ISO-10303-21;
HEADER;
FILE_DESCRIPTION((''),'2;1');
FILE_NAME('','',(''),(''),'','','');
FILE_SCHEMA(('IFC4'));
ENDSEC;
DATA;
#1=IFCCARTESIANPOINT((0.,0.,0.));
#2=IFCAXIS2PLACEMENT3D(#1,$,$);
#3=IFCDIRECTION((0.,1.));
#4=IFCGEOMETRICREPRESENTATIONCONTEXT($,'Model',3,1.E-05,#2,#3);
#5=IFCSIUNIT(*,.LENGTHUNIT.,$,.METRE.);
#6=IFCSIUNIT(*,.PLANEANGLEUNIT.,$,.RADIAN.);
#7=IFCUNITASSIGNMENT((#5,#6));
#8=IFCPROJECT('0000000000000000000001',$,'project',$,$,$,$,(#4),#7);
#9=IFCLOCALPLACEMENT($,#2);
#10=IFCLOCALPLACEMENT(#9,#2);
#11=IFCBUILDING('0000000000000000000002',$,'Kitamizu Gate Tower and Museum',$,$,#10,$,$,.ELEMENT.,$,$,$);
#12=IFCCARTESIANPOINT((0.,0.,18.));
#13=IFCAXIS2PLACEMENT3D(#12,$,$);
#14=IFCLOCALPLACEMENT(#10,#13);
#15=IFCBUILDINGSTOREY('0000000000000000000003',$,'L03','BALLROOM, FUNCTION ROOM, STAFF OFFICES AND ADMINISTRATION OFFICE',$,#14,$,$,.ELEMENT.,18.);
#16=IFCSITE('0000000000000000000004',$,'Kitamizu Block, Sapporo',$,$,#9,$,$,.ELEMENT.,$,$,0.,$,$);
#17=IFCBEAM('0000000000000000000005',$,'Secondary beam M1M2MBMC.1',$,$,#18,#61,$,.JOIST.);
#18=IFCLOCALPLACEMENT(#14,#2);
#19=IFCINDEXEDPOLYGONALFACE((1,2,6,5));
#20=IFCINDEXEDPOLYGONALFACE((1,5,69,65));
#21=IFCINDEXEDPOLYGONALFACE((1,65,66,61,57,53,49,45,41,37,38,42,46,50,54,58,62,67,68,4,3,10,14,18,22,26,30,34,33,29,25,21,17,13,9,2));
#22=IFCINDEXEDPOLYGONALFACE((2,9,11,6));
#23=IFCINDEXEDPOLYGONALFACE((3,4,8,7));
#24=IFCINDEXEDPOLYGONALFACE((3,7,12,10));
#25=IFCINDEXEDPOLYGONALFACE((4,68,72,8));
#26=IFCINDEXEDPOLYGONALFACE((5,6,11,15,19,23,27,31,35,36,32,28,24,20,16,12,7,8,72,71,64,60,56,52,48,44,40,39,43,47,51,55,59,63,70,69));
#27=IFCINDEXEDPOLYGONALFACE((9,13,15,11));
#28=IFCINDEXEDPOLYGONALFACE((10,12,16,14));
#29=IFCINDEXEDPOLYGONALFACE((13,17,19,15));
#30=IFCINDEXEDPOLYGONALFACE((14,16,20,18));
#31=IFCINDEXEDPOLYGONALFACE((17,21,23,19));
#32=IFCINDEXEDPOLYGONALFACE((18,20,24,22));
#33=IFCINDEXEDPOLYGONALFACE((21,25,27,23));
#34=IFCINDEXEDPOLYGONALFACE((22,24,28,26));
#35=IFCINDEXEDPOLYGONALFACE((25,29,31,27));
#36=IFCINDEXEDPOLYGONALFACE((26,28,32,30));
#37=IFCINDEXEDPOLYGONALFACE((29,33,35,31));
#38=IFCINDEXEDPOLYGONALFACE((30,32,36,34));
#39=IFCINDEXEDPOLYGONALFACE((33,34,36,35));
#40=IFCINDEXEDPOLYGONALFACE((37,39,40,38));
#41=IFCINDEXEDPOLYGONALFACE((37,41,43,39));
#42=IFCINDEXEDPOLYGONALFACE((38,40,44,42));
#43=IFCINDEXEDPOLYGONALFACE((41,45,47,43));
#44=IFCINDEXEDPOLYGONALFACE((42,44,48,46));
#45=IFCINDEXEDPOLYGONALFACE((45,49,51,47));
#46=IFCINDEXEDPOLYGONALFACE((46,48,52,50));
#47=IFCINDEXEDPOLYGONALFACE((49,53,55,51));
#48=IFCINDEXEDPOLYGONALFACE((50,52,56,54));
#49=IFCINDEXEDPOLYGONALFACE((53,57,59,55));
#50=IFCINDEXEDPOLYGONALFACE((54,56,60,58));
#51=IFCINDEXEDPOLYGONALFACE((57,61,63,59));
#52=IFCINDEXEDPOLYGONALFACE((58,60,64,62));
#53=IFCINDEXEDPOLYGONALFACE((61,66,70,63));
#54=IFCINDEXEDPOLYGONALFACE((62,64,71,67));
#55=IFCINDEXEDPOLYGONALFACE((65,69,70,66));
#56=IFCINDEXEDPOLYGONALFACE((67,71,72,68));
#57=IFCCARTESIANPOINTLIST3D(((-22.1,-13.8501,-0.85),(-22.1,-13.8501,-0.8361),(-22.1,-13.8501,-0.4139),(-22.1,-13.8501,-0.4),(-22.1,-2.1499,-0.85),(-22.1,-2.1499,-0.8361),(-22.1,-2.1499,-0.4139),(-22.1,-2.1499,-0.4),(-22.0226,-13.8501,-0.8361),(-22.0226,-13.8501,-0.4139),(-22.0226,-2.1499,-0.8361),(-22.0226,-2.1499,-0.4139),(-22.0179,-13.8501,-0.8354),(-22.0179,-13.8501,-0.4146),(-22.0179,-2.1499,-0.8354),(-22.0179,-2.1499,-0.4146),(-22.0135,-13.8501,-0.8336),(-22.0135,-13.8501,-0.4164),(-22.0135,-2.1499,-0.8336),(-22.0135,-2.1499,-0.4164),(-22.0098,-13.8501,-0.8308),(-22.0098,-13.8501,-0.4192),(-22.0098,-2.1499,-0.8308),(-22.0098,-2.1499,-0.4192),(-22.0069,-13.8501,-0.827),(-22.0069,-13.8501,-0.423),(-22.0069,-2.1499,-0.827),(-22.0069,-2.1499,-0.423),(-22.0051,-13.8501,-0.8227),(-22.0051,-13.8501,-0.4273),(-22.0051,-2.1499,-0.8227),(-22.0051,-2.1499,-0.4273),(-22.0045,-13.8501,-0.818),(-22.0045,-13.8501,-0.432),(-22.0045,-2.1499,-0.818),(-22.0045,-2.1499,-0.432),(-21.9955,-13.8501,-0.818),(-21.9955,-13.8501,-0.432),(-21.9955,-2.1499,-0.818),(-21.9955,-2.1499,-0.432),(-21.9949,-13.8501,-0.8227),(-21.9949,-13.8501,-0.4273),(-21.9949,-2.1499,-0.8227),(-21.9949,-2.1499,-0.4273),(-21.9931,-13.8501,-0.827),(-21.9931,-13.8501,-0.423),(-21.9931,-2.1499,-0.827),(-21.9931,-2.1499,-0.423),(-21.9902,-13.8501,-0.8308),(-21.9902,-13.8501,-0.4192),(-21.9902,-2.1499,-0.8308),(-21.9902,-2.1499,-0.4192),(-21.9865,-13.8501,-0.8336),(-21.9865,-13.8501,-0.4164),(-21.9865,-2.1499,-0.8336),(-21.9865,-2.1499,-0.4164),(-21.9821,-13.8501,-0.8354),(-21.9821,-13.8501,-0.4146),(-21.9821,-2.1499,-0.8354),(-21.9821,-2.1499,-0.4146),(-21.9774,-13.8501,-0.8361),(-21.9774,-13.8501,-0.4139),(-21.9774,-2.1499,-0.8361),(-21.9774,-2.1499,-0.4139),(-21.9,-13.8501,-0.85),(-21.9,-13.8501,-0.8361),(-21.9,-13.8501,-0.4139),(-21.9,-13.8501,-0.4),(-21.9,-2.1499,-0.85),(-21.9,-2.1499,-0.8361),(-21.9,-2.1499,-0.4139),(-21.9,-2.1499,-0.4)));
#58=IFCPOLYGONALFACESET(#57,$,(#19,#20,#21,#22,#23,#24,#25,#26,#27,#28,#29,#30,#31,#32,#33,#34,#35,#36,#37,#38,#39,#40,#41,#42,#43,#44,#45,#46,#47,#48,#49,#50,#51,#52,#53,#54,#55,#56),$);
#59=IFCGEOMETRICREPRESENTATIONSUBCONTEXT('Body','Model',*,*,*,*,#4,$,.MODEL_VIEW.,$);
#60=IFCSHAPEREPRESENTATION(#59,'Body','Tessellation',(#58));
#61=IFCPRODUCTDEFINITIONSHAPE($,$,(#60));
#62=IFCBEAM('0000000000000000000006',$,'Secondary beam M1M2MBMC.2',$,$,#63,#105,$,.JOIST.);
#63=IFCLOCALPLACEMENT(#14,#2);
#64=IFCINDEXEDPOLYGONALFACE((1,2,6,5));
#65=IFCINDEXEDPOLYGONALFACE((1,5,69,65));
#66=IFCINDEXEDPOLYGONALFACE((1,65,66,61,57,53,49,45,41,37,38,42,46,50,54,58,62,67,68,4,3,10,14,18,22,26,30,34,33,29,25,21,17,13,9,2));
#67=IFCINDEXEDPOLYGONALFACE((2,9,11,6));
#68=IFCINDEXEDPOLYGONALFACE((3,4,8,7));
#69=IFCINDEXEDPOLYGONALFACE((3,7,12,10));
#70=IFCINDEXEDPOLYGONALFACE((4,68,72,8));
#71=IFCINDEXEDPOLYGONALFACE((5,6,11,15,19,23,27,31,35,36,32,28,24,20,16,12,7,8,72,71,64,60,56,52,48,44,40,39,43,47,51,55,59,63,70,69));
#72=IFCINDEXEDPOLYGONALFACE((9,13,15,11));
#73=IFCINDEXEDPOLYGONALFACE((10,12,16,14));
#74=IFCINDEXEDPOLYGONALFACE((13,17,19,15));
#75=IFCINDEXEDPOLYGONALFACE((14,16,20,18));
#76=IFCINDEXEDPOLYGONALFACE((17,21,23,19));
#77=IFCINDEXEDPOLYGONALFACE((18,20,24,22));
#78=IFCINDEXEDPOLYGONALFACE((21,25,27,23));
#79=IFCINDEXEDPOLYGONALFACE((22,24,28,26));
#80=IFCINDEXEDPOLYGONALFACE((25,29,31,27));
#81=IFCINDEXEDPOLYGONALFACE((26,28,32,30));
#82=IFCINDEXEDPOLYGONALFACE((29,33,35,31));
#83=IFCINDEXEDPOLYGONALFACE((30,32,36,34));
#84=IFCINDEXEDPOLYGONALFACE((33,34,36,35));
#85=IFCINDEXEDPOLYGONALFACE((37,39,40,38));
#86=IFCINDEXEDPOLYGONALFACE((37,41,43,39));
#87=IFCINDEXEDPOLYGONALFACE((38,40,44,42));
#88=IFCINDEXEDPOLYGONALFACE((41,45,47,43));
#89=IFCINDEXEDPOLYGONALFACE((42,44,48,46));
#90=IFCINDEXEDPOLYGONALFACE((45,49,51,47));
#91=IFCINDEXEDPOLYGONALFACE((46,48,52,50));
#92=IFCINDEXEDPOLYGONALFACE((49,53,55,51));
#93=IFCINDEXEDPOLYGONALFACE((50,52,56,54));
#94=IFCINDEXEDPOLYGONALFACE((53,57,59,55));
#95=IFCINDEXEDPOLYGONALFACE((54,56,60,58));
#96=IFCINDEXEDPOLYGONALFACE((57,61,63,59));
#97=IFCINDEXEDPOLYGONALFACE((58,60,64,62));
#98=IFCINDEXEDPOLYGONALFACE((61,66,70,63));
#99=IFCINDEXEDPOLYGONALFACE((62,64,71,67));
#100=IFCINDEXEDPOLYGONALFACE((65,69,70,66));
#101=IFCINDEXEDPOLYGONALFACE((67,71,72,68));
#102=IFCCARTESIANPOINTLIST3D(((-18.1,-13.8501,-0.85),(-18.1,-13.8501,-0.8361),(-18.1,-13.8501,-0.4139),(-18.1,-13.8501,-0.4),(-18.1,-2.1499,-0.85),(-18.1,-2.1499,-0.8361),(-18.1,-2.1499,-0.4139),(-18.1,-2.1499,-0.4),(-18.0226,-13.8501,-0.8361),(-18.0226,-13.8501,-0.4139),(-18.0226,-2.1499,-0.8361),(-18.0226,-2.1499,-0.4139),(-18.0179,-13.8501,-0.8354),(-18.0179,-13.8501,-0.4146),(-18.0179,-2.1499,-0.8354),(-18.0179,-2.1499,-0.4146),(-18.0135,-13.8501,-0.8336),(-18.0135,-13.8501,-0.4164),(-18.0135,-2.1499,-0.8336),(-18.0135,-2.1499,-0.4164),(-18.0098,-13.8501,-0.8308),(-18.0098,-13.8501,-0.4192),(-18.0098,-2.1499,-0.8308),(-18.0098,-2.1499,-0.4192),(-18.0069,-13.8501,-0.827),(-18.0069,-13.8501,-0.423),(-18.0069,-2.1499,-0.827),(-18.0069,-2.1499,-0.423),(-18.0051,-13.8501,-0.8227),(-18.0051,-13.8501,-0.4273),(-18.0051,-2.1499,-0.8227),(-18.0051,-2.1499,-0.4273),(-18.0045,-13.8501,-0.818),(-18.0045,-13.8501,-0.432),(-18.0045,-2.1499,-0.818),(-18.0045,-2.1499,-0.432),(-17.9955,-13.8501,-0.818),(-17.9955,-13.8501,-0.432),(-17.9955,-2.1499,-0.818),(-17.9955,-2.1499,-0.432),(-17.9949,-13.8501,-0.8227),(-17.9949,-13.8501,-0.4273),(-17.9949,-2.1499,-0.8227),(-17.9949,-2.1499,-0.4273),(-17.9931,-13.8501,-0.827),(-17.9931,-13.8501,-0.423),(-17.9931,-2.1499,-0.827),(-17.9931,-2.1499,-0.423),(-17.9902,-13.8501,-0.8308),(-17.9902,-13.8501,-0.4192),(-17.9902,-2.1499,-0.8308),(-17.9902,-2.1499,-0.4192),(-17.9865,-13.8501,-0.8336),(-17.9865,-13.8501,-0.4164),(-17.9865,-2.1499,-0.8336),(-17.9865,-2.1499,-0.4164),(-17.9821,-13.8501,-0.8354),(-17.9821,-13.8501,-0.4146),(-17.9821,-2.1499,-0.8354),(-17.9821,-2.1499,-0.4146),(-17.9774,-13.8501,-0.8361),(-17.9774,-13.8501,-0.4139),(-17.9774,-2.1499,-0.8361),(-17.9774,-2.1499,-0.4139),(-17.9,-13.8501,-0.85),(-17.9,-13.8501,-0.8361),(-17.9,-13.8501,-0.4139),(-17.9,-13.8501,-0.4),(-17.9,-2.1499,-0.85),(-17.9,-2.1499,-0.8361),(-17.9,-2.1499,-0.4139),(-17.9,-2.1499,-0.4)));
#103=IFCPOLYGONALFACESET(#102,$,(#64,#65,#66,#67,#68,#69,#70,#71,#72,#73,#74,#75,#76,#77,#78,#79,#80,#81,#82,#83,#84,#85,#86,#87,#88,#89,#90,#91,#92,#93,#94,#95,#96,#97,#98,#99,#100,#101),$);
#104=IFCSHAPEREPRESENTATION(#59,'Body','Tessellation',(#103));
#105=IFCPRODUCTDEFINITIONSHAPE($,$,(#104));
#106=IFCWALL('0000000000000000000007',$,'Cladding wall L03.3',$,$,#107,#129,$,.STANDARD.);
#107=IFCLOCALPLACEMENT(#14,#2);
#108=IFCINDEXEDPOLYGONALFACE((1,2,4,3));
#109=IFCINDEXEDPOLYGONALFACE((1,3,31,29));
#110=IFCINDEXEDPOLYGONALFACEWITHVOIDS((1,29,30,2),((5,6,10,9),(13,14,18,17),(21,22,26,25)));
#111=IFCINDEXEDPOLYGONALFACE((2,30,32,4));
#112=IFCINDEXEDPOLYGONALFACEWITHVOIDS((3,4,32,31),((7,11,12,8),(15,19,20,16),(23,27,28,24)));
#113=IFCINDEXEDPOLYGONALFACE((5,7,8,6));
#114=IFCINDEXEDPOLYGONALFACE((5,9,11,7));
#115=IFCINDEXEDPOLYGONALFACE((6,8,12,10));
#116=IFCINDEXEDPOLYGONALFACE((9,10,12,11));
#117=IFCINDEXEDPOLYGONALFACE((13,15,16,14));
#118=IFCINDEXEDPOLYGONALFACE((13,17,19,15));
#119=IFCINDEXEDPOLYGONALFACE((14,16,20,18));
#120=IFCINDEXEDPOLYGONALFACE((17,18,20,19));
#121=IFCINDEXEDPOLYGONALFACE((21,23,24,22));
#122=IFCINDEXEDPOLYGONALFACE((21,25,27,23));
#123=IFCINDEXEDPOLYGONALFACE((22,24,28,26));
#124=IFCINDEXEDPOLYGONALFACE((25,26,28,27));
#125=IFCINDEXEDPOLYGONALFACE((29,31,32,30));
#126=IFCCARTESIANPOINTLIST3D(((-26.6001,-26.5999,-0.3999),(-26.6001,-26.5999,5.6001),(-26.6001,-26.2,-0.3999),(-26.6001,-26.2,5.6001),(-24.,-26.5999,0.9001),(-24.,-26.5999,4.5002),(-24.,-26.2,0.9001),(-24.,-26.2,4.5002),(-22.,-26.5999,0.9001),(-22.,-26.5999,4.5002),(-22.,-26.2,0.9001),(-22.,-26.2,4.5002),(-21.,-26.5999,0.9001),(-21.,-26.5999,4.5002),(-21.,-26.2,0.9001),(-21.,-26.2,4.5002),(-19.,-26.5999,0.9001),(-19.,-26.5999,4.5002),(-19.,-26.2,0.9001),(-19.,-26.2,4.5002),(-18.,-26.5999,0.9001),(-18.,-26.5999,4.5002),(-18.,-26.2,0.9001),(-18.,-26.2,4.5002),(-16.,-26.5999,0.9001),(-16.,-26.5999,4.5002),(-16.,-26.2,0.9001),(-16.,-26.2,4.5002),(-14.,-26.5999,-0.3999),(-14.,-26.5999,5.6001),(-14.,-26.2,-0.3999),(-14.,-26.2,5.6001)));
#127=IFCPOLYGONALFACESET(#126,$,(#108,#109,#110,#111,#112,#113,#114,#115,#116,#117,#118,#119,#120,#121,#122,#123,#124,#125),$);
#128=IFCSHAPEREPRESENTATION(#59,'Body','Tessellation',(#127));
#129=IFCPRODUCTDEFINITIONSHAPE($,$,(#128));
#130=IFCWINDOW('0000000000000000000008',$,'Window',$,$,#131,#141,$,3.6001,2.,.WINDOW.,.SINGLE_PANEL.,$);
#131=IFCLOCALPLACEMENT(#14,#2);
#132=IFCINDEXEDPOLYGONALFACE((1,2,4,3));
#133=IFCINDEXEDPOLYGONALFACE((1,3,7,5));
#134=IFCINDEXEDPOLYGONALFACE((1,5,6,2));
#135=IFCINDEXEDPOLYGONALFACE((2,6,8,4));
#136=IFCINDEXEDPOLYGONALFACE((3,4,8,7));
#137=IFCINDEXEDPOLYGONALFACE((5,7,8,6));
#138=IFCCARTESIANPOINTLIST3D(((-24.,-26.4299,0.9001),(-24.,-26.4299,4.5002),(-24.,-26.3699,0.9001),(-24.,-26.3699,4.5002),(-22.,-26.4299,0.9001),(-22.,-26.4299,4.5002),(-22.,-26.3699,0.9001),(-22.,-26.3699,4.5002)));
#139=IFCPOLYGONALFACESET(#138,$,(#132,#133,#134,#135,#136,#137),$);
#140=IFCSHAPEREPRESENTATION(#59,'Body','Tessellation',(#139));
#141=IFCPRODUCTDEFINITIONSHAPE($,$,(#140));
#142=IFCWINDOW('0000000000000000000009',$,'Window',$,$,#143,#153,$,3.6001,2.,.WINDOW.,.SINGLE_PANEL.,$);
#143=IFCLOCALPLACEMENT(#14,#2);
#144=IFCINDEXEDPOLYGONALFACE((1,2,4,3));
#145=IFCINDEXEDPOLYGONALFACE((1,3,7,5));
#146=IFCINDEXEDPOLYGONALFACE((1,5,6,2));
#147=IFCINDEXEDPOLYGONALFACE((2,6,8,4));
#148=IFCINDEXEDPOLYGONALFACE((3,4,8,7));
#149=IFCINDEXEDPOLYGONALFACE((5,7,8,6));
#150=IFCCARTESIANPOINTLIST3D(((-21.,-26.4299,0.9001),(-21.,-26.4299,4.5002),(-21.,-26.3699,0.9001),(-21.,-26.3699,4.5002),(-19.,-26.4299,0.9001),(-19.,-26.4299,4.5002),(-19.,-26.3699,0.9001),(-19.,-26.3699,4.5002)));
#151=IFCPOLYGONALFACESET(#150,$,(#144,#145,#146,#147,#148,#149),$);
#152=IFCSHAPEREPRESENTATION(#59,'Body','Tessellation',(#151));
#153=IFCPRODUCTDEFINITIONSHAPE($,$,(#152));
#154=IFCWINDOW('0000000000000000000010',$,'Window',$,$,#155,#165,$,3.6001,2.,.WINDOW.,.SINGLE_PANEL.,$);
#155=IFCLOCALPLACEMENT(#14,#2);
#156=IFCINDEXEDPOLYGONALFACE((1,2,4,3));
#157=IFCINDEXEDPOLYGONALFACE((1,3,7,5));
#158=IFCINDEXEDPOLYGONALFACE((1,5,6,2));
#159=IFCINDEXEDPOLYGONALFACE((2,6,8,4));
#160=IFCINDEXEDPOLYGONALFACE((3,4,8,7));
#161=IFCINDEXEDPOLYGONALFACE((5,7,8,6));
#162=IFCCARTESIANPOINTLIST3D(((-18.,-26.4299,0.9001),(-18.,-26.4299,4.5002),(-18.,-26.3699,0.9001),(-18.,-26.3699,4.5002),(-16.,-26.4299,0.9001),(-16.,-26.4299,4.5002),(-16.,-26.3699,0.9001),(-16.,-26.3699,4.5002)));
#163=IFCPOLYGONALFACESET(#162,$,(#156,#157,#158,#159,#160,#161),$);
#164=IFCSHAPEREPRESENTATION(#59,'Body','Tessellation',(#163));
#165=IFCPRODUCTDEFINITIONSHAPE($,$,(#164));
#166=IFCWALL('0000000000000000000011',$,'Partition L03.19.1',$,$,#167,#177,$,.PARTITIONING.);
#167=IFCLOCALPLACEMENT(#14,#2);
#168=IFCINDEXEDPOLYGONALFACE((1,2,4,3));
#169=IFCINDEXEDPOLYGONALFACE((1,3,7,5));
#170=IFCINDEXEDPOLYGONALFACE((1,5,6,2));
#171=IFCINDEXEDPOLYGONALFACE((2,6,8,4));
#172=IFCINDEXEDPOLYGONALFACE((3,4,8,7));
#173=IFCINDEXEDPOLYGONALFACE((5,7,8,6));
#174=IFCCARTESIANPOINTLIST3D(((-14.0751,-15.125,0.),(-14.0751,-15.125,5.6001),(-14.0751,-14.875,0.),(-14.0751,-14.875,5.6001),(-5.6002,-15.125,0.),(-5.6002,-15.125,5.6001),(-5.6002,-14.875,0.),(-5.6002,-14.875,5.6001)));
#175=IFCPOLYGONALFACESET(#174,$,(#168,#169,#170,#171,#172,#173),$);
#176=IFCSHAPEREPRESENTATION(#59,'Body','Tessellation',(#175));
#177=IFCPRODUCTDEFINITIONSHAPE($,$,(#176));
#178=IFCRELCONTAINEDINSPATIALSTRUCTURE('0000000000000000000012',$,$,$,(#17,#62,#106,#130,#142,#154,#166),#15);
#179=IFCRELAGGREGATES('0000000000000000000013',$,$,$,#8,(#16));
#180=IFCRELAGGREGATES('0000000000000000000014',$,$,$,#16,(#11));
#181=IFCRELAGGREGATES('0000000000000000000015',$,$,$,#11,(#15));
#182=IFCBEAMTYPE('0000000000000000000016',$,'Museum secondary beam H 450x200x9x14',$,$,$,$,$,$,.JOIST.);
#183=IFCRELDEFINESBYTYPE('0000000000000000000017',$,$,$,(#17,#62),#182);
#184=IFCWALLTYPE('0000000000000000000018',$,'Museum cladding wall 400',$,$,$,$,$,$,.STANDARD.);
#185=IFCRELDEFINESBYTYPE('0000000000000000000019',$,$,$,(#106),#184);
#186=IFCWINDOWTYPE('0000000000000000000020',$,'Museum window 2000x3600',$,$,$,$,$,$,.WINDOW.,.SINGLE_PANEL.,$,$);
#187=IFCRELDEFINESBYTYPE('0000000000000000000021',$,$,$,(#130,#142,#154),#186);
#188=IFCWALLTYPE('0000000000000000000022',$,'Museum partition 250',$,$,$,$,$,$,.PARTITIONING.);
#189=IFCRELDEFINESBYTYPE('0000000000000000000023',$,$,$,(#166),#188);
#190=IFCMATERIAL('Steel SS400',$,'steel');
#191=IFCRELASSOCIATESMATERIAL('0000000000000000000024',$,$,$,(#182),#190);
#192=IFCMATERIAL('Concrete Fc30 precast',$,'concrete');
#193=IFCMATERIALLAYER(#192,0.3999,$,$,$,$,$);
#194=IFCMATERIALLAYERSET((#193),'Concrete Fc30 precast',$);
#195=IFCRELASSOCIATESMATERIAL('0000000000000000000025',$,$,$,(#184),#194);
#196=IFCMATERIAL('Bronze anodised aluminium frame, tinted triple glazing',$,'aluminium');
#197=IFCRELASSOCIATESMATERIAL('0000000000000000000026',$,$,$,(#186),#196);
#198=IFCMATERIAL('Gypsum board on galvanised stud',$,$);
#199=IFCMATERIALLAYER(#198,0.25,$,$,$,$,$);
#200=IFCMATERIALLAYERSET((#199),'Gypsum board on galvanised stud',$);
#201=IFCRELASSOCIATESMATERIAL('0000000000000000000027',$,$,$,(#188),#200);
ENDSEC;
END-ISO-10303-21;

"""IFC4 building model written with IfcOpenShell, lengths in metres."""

from ifc_helpers import new_model, si_unit, direction, frame, frame_2d, origin, origin_2d, place, context, subcontext, project, spatial, rectangle, i_section, extrude, material, layer, layer_set, material_profile, profile_set, type_object, element, fill, save


model = new_model("IFC4")

# Units and contexts
model_context = context("Model", 3, precision=1e-05, world=origin(), true_north=direction((0.0, 1.0)))
body_context = subcontext(model_context, "Body", "Model", "MODEL_VIEW")
ifc_project = project(units=[si_unit("LENGTHUNIT", "METRE"), si_unit("PLANEANGLEUNIT", "RADIAN")], contexts=[model_context])

# Site, building, storey
site_placement = place(None, origin())
site = spatial("IfcSite", under=ifc_project, at=site_placement, Name="Kitamizu Block, Sapporo", CompositionType="ELEMENT", RefElevation=0.0)
building_placement = place(site_placement, origin())
building = spatial("IfcBuilding", under=site, at=building_placement, Name="Kitamizu Gate Tower and Museum", CompositionType="ELEMENT")
storey_placement = place(building_placement, frame((0.0, 0.0, 18.0)))
storey = spatial("IfcBuildingStorey", under=building, at=storey_placement, Name="L03", Description="BALLROOM, FUNCTION ROOM, STAFF OFFICES AND ADMINISTRATION OFFICE", CompositionType="ELEMENT", Elevation=18.0)

# Beams
ifc_material_1 = material(Name="Steel SS400", Category="steel")
ifc_material_profile_1 = material_profile(ifc_material_1, i_section(OverallWidth=0.2, OverallDepth=0.45, WebThickness=0.009, FlangeThickness=0.0139, FilletRadius=0.0181, at=origin_2d()), Name="H-450x200x9x14")
ifc_profile_set_1 = profile_set([ifc_material_profile_1], Name="Steel SS400")
beam_type_1 = type_object("IfcBeamType", Name="Museum secondary beam H 450x200x9x14", PredefinedType="JOIST", material=ifc_profile_set_1)
for number, where, z_axis, x_axis, name in (
    (1, (-22.0, -13.8501, -0.625), (0.0, 1.0, 0.0), (-1.0, 0.0, 0.0), "Secondary beam M1M2MBMC.1"),
    (2, (-18.0, -13.8501, -0.625), (0.0, 1.0, 0.0), (-1.0, 0.0, 0.0), "Secondary beam M1M2MBMC.2"),
):
    element("IfcBeam", number, at=place(storey_placement, frame(where, z_axis=z_axis, x_axis=x_axis)), inside=storey, type_object=beam_type_1, Name=name, PredefinedType="JOIST", context=body_context, shape_type="SweptSolid", body=[
        extrude(i_section(OverallWidth=0.2, OverallDepth=0.45, WebThickness=0.009, FlangeThickness=0.0139, FilletRadius=0.0181, at=origin_2d()), origin(), (0.0, 0.0, 1.0), 11.7002),
    ])

# Wall, openings, windows
ifc_material_2 = material(Name="Concrete Fc30 precast", Category="concrete")
ifc_layer_1 = layer(ifc_material_2, 0.3999)
ifc_layer_set_1 = layer_set([ifc_layer_1], Name="Concrete Fc30 precast")
wall_type_1 = type_object("IfcWallType", Name="Museum cladding wall 400", PredefinedType="STANDARD", material=ifc_layer_set_1)
wall_1_placement = place(storey_placement, frame((-26.6001, -26.3999, -0.3999), z_axis=(0.0, 0.0, 1.0), x_axis=(1.0, 0.0, 0.0)))
wall_1 = element("IfcWall", 3, at=wall_1_placement, inside=storey, type_object=wall_type_1, Name="Cladding wall L03.3", PredefinedType="STANDARD", context=body_context, shape_type="SweptSolid", body=[
    extrude(rectangle(XDim=12.6001, YDim=0.3999, at=frame_2d((6.3, 0.0))), origin(), (0.0, 0.0, 1.0), 6.0),
])
opening_1_placement = place(wall_1_placement, frame((2.6001, 0.0, 1.3)))
opening_1 = element("IfcOpeningElement", 4, at=opening_1_placement, cuts=wall_1, PredefinedType="OPENING", context=body_context, shape_type="SweptSolid", body=[
    extrude(rectangle(XDim=2.0, YDim=3.6001, at=frame_2d((1.0, 1.8))), frame((0.0, 0.21, 0.0), z_axis=(0.0, -1.0, 0.0), x_axis=(1.0, 0.0, 0.0)), (0.0, 0.0, 1.0), 0.4199),
])
opening_2_placement = place(wall_1_placement, frame((5.6001, 0.0, 1.3)))
opening_2 = element("IfcOpeningElement", 5, at=opening_2_placement, cuts=wall_1, PredefinedType="OPENING", context=body_context, shape_type="SweptSolid", body=[
    extrude(rectangle(XDim=2.0, YDim=3.6001, at=frame_2d((1.0, 1.8))), frame((0.0, 0.21, 0.0), z_axis=(0.0, -1.0, 0.0), x_axis=(1.0, 0.0, 0.0)), (0.0, 0.0, 1.0), 0.4199),
])
opening_3_placement = place(wall_1_placement, frame((8.6001, 0.0, 1.3)))
opening_3 = element("IfcOpeningElement", 6, at=opening_3_placement, cuts=wall_1, PredefinedType="OPENING", context=body_context, shape_type="SweptSolid", body=[
    extrude(rectangle(XDim=2.0, YDim=3.6001, at=frame_2d((1.0, 1.8))), frame((0.0, 0.21, 0.0), z_axis=(0.0, -1.0, 0.0), x_axis=(1.0, 0.0, 0.0)), (0.0, 0.0, 1.0), 0.4199),
])
ifc_material_3 = material(Name="Bronze anodised aluminium frame, tinted triple glazing", Category="aluminium")
window_type = type_object("IfcWindowType", Name="Museum window 2000x3600", PartitioningType="SINGLE_PANEL", PredefinedType="WINDOW", material=ifc_material_3)
window_1_placement = place(opening_1_placement, origin())
window_1 = element("IfcWindow", 7, at=window_1_placement, inside=storey, type_object=window_type, Name="Window", OverallHeight=3.6001, OverallWidth=2.0, PartitioningType="SINGLE_PANEL", PredefinedType="WINDOW", context=body_context, shape_type="SweptSolid", body=[
    extrude(rectangle(XDim=2.0, YDim=3.6001, at=frame_2d((1.0, 1.8))), frame((0.0, 0.03, 0.0), z_axis=(0.0, -1.0, 0.0), x_axis=(1.0, 0.0, 0.0)), (0.0, 0.0, 1.0), 0.0601),
])
fill(opening_1, window_1)
window_2_placement = place(opening_2_placement, origin())
window_2 = element("IfcWindow", 8, at=window_2_placement, inside=storey, type_object=window_type, Name="Window", OverallHeight=3.6001, OverallWidth=2.0, PartitioningType="SINGLE_PANEL", PredefinedType="WINDOW", context=body_context, shape_type="SweptSolid", body=[
    extrude(rectangle(XDim=2.0, YDim=3.6001, at=frame_2d((1.0, 1.8))), frame((0.0, 0.03, 0.0), z_axis=(0.0, -1.0, 0.0), x_axis=(1.0, 0.0, 0.0)), (0.0, 0.0, 1.0), 0.0601),
])
fill(opening_2, window_2)
window_3_placement = place(opening_3_placement, origin())
window_3 = element("IfcWindow", 9, at=window_3_placement, inside=storey, type_object=window_type, Name="Window", OverallHeight=3.6001, OverallWidth=2.0, PartitioningType="SINGLE_PANEL", PredefinedType="WINDOW", context=body_context, shape_type="SweptSolid", body=[
    extrude(rectangle(XDim=2.0, YDim=3.6001, at=frame_2d((1.0, 1.8))), frame((0.0, 0.03, 0.0), z_axis=(0.0, -1.0, 0.0), x_axis=(1.0, 0.0, 0.0)), (0.0, 0.0, 1.0), 0.0601),
])
fill(opening_3, window_3)

# Wall
ifc_material_4 = material(Name="Gypsum board on galvanised stud")
ifc_layer_2 = layer(ifc_material_4, 0.25)
ifc_layer_set_2 = layer_set([ifc_layer_2], Name="Gypsum board on galvanised stud")
wall_type_2 = type_object("IfcWallType", Name="Museum partition 250", PredefinedType="PARTITIONING", material=ifc_layer_set_2)
wall_2_placement = place(storey_placement, frame((-14.075, -15.0, 0.0), z_axis=(0.0, 0.0, 1.0), x_axis=(1.0, 0.0, 0.0)))
element("IfcWall", 10, at=wall_2_placement, inside=storey, type_object=wall_type_2, Name="Partition L03.19.1", PredefinedType="PARTITIONING", context=body_context, shape_type="SweptSolid", body=[
    extrude(rectangle(XDim=8.4749, YDim=0.25, at=frame_2d((4.2373, 0.0))), origin(), (0.0, 0.0, 1.0), 5.6001),
])

save(model, "model.ifc")
